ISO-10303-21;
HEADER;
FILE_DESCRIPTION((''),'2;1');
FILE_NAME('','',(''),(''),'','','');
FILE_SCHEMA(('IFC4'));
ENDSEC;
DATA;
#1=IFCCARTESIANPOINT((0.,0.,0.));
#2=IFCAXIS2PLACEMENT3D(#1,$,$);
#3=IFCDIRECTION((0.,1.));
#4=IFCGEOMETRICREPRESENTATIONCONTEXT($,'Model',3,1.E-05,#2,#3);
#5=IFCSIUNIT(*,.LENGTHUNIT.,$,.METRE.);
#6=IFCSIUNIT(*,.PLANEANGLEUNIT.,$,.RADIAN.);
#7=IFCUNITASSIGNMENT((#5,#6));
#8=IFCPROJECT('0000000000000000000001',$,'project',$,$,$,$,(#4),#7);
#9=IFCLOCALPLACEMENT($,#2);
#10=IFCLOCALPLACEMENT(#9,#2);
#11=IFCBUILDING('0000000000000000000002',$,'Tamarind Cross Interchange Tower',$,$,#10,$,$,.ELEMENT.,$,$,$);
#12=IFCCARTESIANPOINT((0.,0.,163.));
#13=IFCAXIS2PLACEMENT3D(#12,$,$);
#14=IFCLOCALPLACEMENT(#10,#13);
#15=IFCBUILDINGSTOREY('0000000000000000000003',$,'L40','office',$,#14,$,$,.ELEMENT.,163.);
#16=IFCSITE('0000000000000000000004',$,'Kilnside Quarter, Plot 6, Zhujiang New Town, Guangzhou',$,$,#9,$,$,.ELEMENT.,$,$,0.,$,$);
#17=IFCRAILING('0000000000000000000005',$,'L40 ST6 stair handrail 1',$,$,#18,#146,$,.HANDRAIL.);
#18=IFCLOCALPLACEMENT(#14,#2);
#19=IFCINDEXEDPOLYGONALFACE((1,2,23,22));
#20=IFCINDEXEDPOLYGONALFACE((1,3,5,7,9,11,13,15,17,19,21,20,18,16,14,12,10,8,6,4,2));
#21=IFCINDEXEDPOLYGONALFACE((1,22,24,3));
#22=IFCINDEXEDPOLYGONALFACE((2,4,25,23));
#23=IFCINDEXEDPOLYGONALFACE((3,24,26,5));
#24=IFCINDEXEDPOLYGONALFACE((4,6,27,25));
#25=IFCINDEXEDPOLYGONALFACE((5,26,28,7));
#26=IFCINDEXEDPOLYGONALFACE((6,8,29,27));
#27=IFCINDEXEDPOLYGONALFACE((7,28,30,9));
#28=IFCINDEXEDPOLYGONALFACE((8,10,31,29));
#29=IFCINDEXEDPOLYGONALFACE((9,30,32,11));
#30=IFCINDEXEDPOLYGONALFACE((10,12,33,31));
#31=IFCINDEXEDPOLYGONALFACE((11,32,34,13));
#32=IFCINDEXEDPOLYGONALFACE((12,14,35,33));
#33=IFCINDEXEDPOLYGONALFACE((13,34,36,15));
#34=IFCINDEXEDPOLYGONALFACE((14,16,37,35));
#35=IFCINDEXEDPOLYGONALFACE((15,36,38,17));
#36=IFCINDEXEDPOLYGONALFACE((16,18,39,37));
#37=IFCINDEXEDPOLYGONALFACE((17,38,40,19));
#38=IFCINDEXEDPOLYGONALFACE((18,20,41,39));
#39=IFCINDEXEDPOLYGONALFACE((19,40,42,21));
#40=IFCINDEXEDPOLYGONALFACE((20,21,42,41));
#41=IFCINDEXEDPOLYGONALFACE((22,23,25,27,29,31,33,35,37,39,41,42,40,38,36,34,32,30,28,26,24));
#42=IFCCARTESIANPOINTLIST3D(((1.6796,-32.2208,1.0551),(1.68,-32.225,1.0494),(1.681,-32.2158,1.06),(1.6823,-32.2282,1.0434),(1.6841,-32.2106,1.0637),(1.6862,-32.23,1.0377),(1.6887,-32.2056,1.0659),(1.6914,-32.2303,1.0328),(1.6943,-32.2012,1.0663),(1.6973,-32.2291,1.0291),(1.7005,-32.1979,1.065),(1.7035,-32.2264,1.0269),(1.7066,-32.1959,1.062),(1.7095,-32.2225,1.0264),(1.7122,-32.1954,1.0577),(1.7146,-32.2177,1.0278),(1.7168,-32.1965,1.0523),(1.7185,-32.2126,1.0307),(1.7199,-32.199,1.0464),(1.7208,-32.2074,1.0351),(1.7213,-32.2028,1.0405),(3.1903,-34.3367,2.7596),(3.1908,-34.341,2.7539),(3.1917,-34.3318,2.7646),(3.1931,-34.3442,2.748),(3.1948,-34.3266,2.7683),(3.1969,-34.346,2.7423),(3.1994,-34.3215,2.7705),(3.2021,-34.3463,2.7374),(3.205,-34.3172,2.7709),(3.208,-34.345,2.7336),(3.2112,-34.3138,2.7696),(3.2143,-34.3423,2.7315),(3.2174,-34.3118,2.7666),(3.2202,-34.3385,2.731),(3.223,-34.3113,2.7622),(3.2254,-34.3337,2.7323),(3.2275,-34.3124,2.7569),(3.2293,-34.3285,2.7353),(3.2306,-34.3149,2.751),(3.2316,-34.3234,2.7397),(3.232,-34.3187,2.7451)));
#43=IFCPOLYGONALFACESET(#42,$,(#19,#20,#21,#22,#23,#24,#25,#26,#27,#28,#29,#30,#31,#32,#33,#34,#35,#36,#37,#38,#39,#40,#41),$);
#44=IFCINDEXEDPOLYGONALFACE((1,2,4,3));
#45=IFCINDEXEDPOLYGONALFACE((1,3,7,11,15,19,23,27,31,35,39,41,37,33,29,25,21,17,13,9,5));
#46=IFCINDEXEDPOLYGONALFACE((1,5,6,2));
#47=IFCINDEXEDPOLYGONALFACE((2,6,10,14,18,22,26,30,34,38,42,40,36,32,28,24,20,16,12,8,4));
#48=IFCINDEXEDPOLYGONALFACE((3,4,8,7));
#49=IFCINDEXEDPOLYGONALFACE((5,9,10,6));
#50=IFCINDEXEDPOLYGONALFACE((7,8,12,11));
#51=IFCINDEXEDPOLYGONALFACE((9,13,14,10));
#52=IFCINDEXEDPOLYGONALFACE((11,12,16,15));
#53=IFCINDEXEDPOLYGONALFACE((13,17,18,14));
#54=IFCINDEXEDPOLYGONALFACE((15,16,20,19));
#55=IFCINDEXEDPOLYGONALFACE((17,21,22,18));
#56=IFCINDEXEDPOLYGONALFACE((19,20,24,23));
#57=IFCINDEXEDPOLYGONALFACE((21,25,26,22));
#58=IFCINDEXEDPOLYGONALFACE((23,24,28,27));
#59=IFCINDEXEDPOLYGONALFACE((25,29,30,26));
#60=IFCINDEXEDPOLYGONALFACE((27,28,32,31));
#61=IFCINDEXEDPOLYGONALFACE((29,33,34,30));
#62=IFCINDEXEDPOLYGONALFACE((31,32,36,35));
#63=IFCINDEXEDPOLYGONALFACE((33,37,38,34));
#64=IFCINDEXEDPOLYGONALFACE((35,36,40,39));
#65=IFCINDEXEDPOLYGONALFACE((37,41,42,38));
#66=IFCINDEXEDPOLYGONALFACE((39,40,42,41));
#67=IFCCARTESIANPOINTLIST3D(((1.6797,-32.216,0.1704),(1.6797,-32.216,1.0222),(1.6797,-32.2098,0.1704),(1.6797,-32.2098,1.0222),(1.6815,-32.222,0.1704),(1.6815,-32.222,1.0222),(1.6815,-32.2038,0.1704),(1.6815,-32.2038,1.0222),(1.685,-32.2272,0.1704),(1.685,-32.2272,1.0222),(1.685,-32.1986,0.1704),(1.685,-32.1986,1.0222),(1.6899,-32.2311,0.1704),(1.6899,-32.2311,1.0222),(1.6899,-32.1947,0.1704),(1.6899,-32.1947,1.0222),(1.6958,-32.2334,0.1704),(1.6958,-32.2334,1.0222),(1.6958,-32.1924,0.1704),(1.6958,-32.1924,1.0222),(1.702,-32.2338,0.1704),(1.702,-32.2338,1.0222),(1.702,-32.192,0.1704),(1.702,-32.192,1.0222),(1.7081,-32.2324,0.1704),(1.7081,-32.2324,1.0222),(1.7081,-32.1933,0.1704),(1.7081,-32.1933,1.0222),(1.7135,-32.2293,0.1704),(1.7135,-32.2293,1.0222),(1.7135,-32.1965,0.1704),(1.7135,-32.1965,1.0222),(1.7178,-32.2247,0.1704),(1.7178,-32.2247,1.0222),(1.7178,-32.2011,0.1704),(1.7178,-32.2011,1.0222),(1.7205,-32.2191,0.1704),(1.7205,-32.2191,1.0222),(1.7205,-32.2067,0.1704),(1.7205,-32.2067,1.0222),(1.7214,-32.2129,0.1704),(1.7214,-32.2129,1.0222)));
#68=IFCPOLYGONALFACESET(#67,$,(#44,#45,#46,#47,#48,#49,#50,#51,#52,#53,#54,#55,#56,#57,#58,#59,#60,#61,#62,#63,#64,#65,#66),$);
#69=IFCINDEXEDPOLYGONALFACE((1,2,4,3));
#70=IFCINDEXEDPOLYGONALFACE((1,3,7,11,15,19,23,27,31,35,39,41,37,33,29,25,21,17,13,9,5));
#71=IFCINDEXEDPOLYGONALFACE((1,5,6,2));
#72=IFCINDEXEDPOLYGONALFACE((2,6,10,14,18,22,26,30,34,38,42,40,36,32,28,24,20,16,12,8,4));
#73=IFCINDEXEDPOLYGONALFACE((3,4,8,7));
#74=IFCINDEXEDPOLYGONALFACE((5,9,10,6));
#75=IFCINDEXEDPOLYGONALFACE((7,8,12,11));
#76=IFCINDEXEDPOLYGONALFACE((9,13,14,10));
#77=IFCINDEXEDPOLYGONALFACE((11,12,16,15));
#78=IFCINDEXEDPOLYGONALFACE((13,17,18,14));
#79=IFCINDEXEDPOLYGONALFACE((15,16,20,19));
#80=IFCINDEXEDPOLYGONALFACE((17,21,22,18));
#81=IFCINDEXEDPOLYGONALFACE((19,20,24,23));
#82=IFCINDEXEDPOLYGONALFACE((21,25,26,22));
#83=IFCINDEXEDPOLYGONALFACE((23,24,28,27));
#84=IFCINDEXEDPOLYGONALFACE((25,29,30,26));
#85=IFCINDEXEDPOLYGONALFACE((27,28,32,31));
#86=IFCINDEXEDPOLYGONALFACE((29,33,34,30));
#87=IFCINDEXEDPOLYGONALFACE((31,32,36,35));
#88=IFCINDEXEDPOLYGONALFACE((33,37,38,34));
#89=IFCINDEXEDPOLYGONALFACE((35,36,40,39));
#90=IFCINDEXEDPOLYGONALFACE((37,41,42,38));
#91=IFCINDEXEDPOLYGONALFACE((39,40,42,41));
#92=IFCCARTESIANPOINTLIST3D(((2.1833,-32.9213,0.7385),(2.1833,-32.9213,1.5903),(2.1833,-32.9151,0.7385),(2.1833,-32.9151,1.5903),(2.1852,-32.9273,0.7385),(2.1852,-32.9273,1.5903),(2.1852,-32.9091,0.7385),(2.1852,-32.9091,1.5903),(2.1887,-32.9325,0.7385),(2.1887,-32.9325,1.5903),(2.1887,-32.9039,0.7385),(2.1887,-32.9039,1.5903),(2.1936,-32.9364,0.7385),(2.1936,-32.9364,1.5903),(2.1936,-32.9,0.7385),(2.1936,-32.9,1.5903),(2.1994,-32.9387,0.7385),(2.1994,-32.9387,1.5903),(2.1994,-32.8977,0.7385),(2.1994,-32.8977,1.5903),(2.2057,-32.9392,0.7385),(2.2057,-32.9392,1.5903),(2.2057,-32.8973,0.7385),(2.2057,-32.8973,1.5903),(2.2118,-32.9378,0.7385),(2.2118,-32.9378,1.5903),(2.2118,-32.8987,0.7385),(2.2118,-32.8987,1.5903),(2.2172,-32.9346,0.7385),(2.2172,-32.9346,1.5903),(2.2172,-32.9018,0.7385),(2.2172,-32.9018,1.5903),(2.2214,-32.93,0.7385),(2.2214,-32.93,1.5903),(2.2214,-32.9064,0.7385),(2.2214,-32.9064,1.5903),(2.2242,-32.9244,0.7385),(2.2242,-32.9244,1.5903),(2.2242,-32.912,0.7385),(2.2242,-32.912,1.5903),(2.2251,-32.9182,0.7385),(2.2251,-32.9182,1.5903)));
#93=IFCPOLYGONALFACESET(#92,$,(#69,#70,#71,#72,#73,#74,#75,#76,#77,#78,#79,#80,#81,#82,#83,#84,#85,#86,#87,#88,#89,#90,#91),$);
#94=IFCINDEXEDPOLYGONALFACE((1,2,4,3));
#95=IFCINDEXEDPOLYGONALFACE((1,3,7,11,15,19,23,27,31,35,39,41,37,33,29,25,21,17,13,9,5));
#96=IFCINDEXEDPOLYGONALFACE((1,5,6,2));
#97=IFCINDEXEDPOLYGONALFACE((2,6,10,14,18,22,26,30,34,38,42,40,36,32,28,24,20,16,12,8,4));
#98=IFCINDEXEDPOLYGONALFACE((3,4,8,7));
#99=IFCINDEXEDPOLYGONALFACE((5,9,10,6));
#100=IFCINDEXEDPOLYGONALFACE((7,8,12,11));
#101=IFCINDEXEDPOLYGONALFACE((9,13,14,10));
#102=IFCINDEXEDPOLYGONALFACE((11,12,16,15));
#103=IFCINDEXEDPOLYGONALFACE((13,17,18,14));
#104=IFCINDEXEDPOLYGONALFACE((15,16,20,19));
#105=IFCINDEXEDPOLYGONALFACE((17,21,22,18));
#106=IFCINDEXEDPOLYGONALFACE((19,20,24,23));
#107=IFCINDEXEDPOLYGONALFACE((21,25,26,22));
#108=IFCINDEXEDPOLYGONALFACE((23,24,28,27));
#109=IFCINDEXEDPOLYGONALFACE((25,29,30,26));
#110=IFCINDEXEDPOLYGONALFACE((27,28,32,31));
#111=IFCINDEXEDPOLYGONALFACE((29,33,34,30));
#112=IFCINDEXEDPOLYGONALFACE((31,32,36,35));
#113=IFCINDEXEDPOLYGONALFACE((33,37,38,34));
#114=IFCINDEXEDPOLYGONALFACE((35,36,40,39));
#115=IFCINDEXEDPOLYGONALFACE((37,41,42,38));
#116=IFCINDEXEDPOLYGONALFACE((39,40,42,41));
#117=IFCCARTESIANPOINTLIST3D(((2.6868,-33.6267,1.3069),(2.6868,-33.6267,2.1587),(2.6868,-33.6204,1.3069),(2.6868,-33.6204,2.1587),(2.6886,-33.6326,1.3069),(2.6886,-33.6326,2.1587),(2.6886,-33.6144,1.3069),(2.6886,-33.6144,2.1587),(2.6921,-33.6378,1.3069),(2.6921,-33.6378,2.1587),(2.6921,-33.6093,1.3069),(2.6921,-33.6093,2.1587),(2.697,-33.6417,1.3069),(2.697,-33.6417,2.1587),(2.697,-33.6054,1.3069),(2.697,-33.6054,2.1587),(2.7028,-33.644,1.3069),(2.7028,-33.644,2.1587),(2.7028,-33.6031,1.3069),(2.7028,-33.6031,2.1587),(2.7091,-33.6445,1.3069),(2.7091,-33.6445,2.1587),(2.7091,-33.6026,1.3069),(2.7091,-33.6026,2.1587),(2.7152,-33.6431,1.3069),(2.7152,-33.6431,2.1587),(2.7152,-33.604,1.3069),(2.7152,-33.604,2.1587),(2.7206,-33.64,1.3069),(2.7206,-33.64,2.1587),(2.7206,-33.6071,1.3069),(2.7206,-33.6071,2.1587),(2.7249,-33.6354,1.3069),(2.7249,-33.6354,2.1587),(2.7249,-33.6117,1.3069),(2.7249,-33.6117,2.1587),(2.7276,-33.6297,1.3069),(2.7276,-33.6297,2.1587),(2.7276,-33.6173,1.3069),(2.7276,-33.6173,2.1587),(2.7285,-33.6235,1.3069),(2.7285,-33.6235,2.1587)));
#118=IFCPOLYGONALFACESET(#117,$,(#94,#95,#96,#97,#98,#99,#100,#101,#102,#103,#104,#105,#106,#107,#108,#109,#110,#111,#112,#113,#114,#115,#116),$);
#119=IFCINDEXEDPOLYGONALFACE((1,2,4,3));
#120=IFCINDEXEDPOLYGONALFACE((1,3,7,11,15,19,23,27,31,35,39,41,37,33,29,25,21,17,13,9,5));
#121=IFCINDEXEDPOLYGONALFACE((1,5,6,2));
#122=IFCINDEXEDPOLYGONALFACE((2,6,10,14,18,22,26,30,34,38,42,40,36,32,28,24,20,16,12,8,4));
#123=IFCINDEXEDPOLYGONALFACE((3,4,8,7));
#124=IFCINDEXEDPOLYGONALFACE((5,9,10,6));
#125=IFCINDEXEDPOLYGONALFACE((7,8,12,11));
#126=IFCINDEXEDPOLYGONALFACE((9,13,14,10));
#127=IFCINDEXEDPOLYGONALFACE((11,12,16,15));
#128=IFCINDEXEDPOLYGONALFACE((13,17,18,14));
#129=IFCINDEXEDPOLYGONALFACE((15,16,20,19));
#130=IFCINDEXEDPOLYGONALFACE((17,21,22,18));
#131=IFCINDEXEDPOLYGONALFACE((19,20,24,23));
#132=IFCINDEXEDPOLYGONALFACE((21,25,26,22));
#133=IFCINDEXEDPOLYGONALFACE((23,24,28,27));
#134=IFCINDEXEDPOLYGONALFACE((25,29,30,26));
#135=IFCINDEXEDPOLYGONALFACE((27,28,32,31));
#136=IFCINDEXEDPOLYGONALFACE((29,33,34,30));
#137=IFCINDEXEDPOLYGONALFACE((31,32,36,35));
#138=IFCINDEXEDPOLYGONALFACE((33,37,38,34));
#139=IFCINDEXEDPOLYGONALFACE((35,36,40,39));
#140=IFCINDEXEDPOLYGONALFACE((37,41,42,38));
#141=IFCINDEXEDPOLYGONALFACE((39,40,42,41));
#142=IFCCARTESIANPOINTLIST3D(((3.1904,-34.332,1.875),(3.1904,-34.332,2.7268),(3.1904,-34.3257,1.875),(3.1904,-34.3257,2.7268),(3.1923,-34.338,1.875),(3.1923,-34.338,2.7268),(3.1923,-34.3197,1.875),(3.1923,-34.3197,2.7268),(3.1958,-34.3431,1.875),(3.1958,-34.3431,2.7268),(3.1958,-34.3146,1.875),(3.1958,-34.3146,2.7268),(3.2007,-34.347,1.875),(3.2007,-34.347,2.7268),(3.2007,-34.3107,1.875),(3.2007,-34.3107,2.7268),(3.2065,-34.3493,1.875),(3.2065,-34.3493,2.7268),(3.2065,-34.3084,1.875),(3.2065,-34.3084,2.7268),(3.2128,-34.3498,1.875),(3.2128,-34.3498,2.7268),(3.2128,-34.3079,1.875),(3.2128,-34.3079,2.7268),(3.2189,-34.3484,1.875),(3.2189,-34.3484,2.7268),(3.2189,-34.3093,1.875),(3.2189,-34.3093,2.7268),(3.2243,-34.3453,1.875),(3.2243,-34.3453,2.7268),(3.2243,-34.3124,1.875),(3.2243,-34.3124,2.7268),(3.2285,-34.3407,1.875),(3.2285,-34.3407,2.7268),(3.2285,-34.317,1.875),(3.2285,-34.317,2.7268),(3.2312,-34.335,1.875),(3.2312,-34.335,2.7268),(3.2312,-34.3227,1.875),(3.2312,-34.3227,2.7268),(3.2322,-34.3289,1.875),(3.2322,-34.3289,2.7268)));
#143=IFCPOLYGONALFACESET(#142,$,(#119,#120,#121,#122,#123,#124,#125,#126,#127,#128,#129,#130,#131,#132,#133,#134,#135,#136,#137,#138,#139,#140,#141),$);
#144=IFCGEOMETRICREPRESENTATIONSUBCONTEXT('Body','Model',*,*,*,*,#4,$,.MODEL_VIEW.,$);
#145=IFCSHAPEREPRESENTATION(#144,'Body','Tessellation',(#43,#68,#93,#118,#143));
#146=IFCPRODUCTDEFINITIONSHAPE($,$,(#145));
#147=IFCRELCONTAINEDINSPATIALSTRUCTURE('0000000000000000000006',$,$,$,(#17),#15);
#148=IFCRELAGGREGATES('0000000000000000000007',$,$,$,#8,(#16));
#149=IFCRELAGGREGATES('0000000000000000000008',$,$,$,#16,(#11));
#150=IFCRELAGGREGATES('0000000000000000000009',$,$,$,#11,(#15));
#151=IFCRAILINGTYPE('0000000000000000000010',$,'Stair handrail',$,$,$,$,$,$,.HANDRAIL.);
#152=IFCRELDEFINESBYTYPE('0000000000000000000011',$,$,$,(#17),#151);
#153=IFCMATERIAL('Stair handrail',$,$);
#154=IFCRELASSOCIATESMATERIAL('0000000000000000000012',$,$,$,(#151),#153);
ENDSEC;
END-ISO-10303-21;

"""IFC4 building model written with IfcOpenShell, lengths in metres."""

from ifc_helpers import new_model, si_unit, direction, frame, origin, origin_2d, place, context, subcontext, project, spatial, circle, extrude, material, type_object, element, save


model = new_model("IFC4")

# Units and contexts
model_context = context("Model", 3, precision=1e-05, world=origin(), true_north=direction((0.0, 1.0)))
body_context = subcontext(model_context, "Body", "Model", "MODEL_VIEW")
ifc_project = project(units=[si_unit("LENGTHUNIT", "METRE"), si_unit("PLANEANGLEUNIT", "RADIAN")], contexts=[model_context])

# Site, building, storey
site_placement = place(None, origin())
site = spatial("IfcSite", under=ifc_project, at=site_placement, Name="Kilnside Quarter, Plot 6, Zhujiang New Town, Guangzhou", CompositionType="ELEMENT", RefElevation=0.0)
building_placement = place(site_placement, origin())
building = spatial("IfcBuilding", under=site, at=building_placement, Name="Tamarind Cross Interchange Tower", CompositionType="ELEMENT")
storey_placement = place(building_placement, frame((0.0, 0.0, 163.0)))
storey = spatial("IfcBuildingStorey", under=building, at=storey_placement, Name="L40", Description="office", CompositionType="ELEMENT", Elevation=163.0)

# Railing
ifc_material_1 = material(Name="Stair handrail")
railing_type_1 = type_object("IfcRailingType", Name="Stair handrail", PredefinedType="HANDRAIL", material=ifc_material_1)
railing_1_placement = place(storey_placement, frame((1.7004, -32.2129, 0.1704)))
element("IfcRailing", 1, at=railing_1_placement, inside=storey, type_object=railing_type_1, Name="L40 ST6 stair handrail 1", PredefinedType="HANDRAIL", context=body_context, shape_type="SweptSolid", body=[
    extrude(circle(Radius=0.0239, at=origin_2d()), frame((0.0, 0.0, 0.876), z_axis=(0.48594, -0.680615, 0.548293), x_axis=(0.813854, 0.581069, 0.0)), (0.0, 0.0, 1.0), 3.1089),
    extrude(circle(Radius=0.021, at=origin_2d()), origin(), (0.0, 0.0, 1.0), 0.8518),
    extrude(circle(Radius=0.021, at=origin_2d()), frame((0.5037, -0.7053, 0.5681)), (0.0, 0.0, 1.0), 0.8518),
    extrude(circle(Radius=0.021, at=origin_2d()), frame((1.0071, -1.4106, 1.1365)), (0.0, 0.0, 1.0), 0.8518),
    extrude(circle(Radius=0.021, at=origin_2d()), frame((1.5107, -2.116, 1.7046)), (0.0, 0.0, 1.0), 0.8518),
])

save(model, "model.ifc")
